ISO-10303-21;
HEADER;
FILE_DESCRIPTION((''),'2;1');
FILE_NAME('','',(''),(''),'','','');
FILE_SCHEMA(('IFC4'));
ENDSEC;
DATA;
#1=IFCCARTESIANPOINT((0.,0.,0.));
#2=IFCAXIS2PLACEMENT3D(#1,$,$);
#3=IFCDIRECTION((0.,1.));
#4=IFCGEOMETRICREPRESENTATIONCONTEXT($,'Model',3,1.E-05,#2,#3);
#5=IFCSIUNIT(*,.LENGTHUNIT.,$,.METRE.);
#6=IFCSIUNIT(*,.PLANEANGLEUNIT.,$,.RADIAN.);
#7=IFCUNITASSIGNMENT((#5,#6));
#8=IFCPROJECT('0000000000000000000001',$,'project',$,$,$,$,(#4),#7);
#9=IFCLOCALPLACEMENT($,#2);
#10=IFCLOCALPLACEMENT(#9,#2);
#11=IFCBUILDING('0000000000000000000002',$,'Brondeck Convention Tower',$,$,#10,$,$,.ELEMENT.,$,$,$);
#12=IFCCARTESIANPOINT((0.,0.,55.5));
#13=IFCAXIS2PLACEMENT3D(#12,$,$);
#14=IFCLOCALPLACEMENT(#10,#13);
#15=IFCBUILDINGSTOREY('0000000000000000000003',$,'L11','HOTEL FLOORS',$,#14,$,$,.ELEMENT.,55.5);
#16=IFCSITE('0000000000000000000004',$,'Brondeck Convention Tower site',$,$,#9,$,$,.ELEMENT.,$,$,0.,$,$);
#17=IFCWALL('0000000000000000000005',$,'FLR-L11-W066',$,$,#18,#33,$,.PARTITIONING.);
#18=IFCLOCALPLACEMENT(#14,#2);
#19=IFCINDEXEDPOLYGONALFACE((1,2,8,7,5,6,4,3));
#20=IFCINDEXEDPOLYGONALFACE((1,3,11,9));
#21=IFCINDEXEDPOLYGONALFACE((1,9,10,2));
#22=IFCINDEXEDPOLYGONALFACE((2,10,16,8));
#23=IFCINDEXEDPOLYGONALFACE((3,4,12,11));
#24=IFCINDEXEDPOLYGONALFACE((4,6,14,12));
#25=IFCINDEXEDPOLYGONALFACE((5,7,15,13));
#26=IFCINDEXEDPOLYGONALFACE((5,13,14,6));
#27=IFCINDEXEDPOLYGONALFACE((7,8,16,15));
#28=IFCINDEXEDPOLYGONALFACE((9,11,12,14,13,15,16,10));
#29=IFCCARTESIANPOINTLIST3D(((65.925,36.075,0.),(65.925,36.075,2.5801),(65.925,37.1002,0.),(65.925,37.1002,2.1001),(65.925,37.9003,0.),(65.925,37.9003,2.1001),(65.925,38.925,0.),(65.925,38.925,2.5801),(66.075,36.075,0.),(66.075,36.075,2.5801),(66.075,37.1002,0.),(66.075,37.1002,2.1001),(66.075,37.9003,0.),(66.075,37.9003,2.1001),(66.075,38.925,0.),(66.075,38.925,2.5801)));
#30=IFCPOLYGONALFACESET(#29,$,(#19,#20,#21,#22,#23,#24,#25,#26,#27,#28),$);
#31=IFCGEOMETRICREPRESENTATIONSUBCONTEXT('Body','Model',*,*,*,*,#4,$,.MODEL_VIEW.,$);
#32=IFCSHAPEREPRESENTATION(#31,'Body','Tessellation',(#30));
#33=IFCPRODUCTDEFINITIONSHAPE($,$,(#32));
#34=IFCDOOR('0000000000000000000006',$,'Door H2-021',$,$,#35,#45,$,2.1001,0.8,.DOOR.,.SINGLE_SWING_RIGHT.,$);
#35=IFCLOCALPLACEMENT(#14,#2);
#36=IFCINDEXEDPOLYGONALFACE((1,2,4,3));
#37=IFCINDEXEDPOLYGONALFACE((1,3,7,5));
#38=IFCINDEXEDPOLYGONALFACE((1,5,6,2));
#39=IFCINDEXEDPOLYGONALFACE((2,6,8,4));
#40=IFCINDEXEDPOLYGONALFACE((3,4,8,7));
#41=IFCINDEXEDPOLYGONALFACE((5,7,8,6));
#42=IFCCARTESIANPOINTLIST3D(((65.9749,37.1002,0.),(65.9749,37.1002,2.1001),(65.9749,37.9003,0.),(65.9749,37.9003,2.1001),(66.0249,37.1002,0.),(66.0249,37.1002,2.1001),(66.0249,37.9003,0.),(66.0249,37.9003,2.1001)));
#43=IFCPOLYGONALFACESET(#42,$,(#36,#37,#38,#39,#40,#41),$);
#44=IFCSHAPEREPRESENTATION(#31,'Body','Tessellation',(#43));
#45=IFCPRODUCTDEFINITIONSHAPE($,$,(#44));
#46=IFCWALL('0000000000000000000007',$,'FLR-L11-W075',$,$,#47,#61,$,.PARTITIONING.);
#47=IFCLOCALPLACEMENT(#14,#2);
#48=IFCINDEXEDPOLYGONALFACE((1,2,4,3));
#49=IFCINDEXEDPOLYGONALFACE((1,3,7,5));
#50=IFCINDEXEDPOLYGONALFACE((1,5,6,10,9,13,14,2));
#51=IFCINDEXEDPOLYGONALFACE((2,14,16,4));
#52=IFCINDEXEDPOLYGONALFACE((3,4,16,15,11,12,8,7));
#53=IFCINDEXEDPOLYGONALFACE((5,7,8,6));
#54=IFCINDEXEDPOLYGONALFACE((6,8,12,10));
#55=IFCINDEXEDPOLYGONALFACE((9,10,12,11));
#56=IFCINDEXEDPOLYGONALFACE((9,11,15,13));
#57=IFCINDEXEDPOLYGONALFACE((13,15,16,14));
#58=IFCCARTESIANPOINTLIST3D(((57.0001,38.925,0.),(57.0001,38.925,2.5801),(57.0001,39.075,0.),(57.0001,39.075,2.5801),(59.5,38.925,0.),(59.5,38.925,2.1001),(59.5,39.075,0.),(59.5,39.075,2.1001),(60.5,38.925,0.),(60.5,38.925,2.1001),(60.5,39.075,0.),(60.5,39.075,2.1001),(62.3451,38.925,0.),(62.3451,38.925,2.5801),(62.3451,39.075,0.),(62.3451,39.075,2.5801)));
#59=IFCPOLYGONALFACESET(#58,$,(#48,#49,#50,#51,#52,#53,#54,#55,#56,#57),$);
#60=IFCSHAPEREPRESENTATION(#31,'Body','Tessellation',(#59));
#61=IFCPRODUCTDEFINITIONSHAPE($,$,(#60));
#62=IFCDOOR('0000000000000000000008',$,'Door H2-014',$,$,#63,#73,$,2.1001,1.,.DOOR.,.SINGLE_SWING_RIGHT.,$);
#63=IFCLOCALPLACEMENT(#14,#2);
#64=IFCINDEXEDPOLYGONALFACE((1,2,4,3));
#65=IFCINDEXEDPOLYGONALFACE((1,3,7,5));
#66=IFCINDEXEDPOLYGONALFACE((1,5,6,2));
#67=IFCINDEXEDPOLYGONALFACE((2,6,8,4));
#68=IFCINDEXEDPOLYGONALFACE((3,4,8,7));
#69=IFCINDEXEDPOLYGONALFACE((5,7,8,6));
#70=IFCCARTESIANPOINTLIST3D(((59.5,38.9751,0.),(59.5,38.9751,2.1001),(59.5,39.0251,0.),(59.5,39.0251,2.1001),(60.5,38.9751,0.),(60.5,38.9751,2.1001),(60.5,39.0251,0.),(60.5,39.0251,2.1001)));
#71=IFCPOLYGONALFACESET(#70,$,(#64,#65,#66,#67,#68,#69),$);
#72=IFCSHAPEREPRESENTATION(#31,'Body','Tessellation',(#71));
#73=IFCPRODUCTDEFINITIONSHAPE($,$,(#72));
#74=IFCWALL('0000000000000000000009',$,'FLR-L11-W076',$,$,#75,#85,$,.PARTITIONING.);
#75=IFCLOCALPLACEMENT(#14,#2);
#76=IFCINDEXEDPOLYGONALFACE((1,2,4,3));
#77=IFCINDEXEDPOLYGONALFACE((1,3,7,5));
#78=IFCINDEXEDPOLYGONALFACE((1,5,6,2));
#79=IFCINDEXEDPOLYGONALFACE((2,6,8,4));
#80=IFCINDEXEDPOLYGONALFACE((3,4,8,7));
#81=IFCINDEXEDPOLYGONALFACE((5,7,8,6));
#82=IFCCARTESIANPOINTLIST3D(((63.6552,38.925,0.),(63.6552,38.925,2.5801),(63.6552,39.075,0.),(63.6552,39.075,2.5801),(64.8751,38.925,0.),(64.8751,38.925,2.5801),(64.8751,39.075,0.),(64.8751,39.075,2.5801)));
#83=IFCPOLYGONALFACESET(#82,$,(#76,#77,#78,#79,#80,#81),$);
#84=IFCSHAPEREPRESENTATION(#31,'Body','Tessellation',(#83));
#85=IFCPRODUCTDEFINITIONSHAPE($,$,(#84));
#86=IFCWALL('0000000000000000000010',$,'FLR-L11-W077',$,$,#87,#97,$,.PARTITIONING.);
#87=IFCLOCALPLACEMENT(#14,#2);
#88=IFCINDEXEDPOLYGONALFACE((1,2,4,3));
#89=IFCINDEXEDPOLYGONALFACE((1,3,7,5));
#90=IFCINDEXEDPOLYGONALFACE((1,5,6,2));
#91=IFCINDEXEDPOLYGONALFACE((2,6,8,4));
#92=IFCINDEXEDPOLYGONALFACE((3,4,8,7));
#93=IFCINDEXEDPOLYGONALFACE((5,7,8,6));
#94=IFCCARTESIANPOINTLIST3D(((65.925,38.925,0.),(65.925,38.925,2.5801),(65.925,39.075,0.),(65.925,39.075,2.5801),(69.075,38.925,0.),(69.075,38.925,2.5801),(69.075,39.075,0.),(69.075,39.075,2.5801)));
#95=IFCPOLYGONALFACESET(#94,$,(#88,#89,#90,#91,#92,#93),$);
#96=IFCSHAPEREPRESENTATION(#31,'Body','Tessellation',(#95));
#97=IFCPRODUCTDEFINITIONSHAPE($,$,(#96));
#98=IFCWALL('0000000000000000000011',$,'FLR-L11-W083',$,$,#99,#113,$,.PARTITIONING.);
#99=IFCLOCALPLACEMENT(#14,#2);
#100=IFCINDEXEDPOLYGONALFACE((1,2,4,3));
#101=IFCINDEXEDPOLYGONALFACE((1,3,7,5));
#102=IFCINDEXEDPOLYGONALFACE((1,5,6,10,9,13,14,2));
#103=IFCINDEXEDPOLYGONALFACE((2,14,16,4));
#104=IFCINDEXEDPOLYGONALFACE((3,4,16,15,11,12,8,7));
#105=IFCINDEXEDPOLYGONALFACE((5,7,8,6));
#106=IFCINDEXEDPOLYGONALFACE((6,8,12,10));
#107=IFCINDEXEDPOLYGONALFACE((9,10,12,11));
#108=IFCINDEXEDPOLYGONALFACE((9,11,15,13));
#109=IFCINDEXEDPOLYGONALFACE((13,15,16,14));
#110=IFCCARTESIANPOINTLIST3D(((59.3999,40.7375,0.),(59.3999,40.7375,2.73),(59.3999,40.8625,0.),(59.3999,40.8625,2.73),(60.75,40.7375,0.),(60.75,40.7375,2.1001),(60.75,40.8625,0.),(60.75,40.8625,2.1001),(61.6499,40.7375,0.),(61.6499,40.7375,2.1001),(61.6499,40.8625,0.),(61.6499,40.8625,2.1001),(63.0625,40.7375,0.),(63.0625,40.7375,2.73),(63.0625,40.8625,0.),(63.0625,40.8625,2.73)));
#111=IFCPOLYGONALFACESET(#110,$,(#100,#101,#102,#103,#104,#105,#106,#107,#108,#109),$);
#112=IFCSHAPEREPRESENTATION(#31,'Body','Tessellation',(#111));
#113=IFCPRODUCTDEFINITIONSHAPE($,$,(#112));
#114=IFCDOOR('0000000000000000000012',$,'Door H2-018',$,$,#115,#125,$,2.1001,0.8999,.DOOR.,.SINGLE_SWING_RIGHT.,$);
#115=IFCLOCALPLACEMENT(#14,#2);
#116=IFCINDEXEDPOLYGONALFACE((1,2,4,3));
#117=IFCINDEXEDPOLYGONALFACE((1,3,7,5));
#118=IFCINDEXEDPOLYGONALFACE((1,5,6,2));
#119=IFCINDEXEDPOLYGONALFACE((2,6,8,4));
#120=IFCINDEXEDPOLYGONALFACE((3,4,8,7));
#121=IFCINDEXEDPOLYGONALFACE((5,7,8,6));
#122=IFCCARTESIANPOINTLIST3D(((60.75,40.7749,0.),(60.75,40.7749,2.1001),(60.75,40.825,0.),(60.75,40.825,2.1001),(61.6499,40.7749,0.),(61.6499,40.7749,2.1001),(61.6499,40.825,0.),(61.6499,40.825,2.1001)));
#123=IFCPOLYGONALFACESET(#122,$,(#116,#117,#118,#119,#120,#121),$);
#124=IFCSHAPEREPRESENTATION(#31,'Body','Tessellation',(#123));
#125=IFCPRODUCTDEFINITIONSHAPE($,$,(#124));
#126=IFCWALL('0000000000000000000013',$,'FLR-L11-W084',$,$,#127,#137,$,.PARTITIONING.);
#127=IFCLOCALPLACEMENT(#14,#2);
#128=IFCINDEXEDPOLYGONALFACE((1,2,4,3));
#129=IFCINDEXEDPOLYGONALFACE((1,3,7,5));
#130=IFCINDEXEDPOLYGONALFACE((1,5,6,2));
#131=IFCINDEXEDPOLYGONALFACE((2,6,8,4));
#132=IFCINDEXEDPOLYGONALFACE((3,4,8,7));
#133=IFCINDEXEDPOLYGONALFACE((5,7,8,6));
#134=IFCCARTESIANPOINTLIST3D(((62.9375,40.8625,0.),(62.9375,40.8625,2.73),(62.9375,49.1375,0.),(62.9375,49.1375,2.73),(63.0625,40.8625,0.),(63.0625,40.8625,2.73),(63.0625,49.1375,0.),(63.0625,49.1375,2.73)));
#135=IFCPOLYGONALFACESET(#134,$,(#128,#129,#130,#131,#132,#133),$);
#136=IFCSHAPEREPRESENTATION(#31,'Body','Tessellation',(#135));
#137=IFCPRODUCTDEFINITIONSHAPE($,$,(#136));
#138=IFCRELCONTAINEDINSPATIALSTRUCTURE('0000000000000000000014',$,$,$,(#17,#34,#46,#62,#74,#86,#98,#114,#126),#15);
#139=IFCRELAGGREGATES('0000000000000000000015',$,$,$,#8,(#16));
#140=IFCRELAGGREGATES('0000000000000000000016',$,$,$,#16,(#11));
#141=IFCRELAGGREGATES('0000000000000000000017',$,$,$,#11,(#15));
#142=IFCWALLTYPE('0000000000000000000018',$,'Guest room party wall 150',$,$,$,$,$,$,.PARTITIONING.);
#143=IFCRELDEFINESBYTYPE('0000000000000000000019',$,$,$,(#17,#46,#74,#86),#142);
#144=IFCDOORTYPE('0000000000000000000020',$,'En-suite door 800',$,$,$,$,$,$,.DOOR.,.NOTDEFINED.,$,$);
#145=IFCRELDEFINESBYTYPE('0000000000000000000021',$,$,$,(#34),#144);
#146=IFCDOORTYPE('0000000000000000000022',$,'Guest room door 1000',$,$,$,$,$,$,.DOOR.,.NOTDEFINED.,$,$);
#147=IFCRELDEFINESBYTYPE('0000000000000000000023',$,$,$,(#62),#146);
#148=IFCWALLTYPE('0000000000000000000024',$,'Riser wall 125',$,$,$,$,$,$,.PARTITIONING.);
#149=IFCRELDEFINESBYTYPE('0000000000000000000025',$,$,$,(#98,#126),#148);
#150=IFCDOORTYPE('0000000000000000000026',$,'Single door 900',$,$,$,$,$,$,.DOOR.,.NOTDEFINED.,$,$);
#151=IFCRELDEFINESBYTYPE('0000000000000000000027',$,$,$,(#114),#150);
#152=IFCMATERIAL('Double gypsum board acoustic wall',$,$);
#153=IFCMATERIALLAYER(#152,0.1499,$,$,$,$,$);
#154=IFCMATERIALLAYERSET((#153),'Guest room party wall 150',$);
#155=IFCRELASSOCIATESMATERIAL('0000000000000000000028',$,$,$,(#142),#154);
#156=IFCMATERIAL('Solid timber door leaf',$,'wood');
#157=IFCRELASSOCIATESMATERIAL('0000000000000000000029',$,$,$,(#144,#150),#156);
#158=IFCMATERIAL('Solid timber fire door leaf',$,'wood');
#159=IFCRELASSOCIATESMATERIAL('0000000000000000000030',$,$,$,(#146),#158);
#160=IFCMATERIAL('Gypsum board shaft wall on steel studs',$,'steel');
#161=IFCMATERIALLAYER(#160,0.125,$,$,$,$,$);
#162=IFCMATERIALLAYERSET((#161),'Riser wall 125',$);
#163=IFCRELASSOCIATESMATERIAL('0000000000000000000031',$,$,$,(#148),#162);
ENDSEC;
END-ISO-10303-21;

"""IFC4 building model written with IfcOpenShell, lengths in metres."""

from ifc_helpers import new_model, si_unit, direction, frame, frame_2d, origin, place, context, subcontext, project, spatial, rectangle, extrude, material, layer, layer_set, type_object, element, fill, save


model = new_model("IFC4")

# Units and contexts
model_context = context("Model", 3, precision=1e-05, world=origin(), true_north=direction((0.0, 1.0)))
body_context = subcontext(model_context, "Body", "Model", "MODEL_VIEW")
ifc_project = project(units=[si_unit("LENGTHUNIT", "METRE"), si_unit("PLANEANGLEUNIT", "RADIAN")], contexts=[model_context])

# Site, building, storey
site_placement = place(None, origin())
site = spatial("IfcSite", under=ifc_project, at=site_placement, Name="Brondeck Convention Tower site", CompositionType="ELEMENT", RefElevation=0.0)
building_placement = place(site_placement, origin())
building = spatial("IfcBuilding", under=site, at=building_placement, Name="Brondeck Convention Tower", CompositionType="ELEMENT")
storey_placement = place(building_placement, frame((0.0, 0.0, 55.5)))
storey = spatial("IfcBuildingStorey", under=building, at=storey_placement, Name="L11", Description="HOTEL FLOORS", CompositionType="ELEMENT", Elevation=55.5)

# Shared definitions
ifc_material_1 = material(Name="Double gypsum board acoustic wall")
ifc_layer_1 = layer(ifc_material_1, 0.1499)
ifc_layer_set_1 = layer_set([ifc_layer_1], Name="Guest room party wall 150")
wall_type_1 = type_object("IfcWallType", Name="Guest room party wall 150", PredefinedType="PARTITIONING", material=ifc_layer_set_1)

# Walls, openings, doors
wall_1_placement = place(storey_placement, frame((66.0, 38.925, 0.0), z_axis=(0.0, 0.0, 1.0), x_axis=(0.0, -1.0, 0.0)))
wall_1 = element("IfcWall", 1, at=wall_1_placement, inside=storey, type_object=wall_type_1, Name="FLR-L11-W066", PredefinedType="PARTITIONING", context=body_context, shape_type="SweptSolid", body=[
    extrude(rectangle(XDim=2.8501, YDim=0.1499, at=frame_2d((1.425, 0.0))), origin(), (0.0, 0.0, 1.0), 2.5801),
])
opening_1_placement = place(wall_1_placement, frame((1.0249, 0.0, 0.0)))
opening_1 = element("IfcOpeningElement", 2, at=opening_1_placement, cuts=wall_1, PredefinedType="OPENING", context=body_context, shape_type="SweptSolid", body=[
    extrude(rectangle(XDim=0.8, YDim=2.1001, at=frame_2d((0.3999, 1.05))), frame((0.0, 0.085, 0.0), z_axis=(0.0, -1.0, 0.0), x_axis=(1.0, 0.0, 0.0)), (0.0, 0.0, 1.0), 0.1699),
])
ifc_material_2 = material(Name="Solid timber door leaf", Category="wood")
door_type_1 = type_object("IfcDoorType", Name="En-suite door 800", OperationType="NOTDEFINED", PredefinedType="DOOR", material=ifc_material_2)
door_1_placement = place(opening_1_placement, origin())
door_1 = element("IfcDoor", 3, at=door_1_placement, inside=storey, type_object=door_type_1, Name="Door H2-021", OperationType="SINGLE_SWING_RIGHT", OverallHeight=2.1001, OverallWidth=0.8, PredefinedType="DOOR", context=body_context, shape_type="SweptSolid", body=[
    extrude(rectangle(XDim=0.8, YDim=2.1001, at=frame_2d((0.3999, 1.05))), frame((0.0, 0.0249, 0.0), z_axis=(0.0, -1.0, 0.0), x_axis=(1.0, 0.0, 0.0)), (0.0, 0.0, 1.0), 0.05),
])
fill(opening_1, door_1)
wall_2_placement = place(storey_placement, frame((62.345, 39.0, 0.0), z_axis=(0.0, 0.0, 1.0), x_axis=(-1.0, 0.0, 0.0)))
wall_2 = element("IfcWall", 4, at=wall_2_placement, inside=storey, type_object=wall_type_1, Name="FLR-L11-W075", PredefinedType="PARTITIONING", context=body_context, shape_type="SweptSolid", body=[
    extrude(rectangle(XDim=5.345, YDim=0.1499, at=frame_2d((2.6724, 0.0))), origin(), (0.0, 0.0, 1.0), 2.5801),
])
opening_2_placement = place(wall_2_placement, frame((1.845, 0.0, 0.0)))
opening_2 = element("IfcOpeningElement", 5, at=opening_2_placement, cuts=wall_2, PredefinedType="OPENING", context=body_context, shape_type="SweptSolid", body=[
    extrude(rectangle(XDim=1.0, YDim=2.1001, at=frame_2d((0.5, 1.05))), frame((0.0, 0.085, 0.0), z_axis=(0.0, -1.0, 0.0), x_axis=(1.0, 0.0, 0.0)), (0.0, 0.0, 1.0), 0.1699),
])
ifc_material_3 = material(Name="Solid timber fire door leaf", Category="wood")
door_type_2 = type_object("IfcDoorType", Name="Guest room door 1000", OperationType="NOTDEFINED", PredefinedType="DOOR", material=ifc_material_3)
door_2_placement = place(opening_2_placement, origin())
door_2 = element("IfcDoor", 6, at=door_2_placement, inside=storey, type_object=door_type_2, Name="Door H2-014", OperationType="SINGLE_SWING_RIGHT", OverallHeight=2.1001, OverallWidth=1.0, PredefinedType="DOOR", context=body_context, shape_type="SweptSolid", body=[
    extrude(rectangle(XDim=1.0, YDim=2.1001, at=frame_2d((0.5, 1.05))), frame((0.0, 0.0249, 0.0), z_axis=(0.0, -1.0, 0.0), x_axis=(1.0, 0.0, 0.0)), (0.0, 0.0, 1.0), 0.05),
])
fill(opening_2, door_2)

# Walls
wall_3_placement = place(storey_placement, frame((64.875, 39.0, 0.0), z_axis=(0.0, 0.0, 1.0), x_axis=(-1.0, 0.0, 0.0)))
element("IfcWall", 7, at=wall_3_placement, inside=storey, type_object=wall_type_1, Name="FLR-L11-W076", PredefinedType="PARTITIONING", context=body_context, shape_type="SweptSolid", body=[
    extrude(rectangle(XDim=1.22, YDim=0.1499, at=frame_2d((0.6099, 0.0))), origin(), (0.0, 0.0, 1.0), 2.5801),
])
wall_4_placement = place(storey_placement, frame((69.075, 39.0, 0.0), z_axis=(0.0, 0.0, 1.0), x_axis=(-1.0, 0.0, 0.0)))
element("IfcWall", 8, at=wall_4_placement, inside=storey, type_object=wall_type_1, Name="FLR-L11-W077", PredefinedType="PARTITIONING", context=body_context, shape_type="SweptSolid", body=[
    extrude(rectangle(XDim=3.1499, YDim=0.1499, at=frame_2d((1.575, 0.0))), origin(), (0.0, 0.0, 1.0), 2.5801),
])

# Wall, opening, door
ifc_material_4 = material(Name="Gypsum board shaft wall on steel studs", Category="steel")
ifc_layer_2 = layer(ifc_material_4, 0.125)
ifc_layer_set_2 = layer_set([ifc_layer_2], Name="Riser wall 125")
wall_type_2 = type_object("IfcWallType", Name="Riser wall 125", PredefinedType="PARTITIONING", material=ifc_layer_set_2)
wall_5_placement = place(storey_placement, frame((59.3999, 40.8, 0.0), z_axis=(0.0, 0.0, 1.0), x_axis=(1.0, 0.0, 0.0)))
wall_5 = element("IfcWall", 9, at=wall_5_placement, inside=storey, type_object=wall_type_2, Name="FLR-L11-W083", PredefinedType="PARTITIONING", context=body_context, shape_type="SweptSolid", body=[
    extrude(rectangle(XDim=3.6626, YDim=0.125, at=frame_2d((1.8313, 0.0))), origin(), (0.0, 0.0, 1.0), 2.73),
])
opening_3_placement = place(wall_5_placement, frame((1.3501, 0.0, 0.0)))
opening_3 = element("IfcOpeningElement", 10, at=opening_3_placement, cuts=wall_5, PredefinedType="OPENING", context=body_context, shape_type="SweptSolid", body=[
    extrude(rectangle(XDim=0.8999, YDim=2.1001, at=frame_2d((0.45, 1.05))), frame((0.0, 0.0725, 0.0), z_axis=(0.0, -1.0, 0.0), x_axis=(1.0, 0.0, 0.0)), (0.0, 0.0, 1.0), 0.145),
])
door_type_3 = type_object("IfcDoorType", Name="Single door 900", OperationType="NOTDEFINED", PredefinedType="DOOR", material=ifc_material_2)
door_3_placement = place(opening_3_placement, origin())
door_3 = element("IfcDoor", 11, at=door_3_placement, inside=storey, type_object=door_type_3, Name="Door H2-018", OperationType="SINGLE_SWING_RIGHT", OverallHeight=2.1001, OverallWidth=0.8999, PredefinedType="DOOR", context=body_context, shape_type="SweptSolid", body=[
    extrude(rectangle(XDim=0.8999, YDim=2.1001, at=frame_2d((0.45, 1.05))), frame((0.0, 0.0249, 0.0), z_axis=(0.0, -1.0, 0.0), x_axis=(1.0, 0.0, 0.0)), (0.0, 0.0, 1.0), 0.05),
])
fill(opening_3, door_3)

# Wall
wall_6_placement = place(storey_placement, frame((63.0, 40.8625, 0.0), z_axis=(0.0, 0.0, 1.0), x_axis=(0.0, 1.0, 0.0)))
element("IfcWall", 12, at=wall_6_placement, inside=storey, type_object=wall_type_2, Name="FLR-L11-W084", PredefinedType="PARTITIONING", context=body_context, shape_type="SweptSolid", body=[
    extrude(rectangle(XDim=8.2749, YDim=0.125, at=frame_2d((4.1375, 0.0))), origin(), (0.0, 0.0, 1.0), 2.73),
])

save(model, "model.ifc")
